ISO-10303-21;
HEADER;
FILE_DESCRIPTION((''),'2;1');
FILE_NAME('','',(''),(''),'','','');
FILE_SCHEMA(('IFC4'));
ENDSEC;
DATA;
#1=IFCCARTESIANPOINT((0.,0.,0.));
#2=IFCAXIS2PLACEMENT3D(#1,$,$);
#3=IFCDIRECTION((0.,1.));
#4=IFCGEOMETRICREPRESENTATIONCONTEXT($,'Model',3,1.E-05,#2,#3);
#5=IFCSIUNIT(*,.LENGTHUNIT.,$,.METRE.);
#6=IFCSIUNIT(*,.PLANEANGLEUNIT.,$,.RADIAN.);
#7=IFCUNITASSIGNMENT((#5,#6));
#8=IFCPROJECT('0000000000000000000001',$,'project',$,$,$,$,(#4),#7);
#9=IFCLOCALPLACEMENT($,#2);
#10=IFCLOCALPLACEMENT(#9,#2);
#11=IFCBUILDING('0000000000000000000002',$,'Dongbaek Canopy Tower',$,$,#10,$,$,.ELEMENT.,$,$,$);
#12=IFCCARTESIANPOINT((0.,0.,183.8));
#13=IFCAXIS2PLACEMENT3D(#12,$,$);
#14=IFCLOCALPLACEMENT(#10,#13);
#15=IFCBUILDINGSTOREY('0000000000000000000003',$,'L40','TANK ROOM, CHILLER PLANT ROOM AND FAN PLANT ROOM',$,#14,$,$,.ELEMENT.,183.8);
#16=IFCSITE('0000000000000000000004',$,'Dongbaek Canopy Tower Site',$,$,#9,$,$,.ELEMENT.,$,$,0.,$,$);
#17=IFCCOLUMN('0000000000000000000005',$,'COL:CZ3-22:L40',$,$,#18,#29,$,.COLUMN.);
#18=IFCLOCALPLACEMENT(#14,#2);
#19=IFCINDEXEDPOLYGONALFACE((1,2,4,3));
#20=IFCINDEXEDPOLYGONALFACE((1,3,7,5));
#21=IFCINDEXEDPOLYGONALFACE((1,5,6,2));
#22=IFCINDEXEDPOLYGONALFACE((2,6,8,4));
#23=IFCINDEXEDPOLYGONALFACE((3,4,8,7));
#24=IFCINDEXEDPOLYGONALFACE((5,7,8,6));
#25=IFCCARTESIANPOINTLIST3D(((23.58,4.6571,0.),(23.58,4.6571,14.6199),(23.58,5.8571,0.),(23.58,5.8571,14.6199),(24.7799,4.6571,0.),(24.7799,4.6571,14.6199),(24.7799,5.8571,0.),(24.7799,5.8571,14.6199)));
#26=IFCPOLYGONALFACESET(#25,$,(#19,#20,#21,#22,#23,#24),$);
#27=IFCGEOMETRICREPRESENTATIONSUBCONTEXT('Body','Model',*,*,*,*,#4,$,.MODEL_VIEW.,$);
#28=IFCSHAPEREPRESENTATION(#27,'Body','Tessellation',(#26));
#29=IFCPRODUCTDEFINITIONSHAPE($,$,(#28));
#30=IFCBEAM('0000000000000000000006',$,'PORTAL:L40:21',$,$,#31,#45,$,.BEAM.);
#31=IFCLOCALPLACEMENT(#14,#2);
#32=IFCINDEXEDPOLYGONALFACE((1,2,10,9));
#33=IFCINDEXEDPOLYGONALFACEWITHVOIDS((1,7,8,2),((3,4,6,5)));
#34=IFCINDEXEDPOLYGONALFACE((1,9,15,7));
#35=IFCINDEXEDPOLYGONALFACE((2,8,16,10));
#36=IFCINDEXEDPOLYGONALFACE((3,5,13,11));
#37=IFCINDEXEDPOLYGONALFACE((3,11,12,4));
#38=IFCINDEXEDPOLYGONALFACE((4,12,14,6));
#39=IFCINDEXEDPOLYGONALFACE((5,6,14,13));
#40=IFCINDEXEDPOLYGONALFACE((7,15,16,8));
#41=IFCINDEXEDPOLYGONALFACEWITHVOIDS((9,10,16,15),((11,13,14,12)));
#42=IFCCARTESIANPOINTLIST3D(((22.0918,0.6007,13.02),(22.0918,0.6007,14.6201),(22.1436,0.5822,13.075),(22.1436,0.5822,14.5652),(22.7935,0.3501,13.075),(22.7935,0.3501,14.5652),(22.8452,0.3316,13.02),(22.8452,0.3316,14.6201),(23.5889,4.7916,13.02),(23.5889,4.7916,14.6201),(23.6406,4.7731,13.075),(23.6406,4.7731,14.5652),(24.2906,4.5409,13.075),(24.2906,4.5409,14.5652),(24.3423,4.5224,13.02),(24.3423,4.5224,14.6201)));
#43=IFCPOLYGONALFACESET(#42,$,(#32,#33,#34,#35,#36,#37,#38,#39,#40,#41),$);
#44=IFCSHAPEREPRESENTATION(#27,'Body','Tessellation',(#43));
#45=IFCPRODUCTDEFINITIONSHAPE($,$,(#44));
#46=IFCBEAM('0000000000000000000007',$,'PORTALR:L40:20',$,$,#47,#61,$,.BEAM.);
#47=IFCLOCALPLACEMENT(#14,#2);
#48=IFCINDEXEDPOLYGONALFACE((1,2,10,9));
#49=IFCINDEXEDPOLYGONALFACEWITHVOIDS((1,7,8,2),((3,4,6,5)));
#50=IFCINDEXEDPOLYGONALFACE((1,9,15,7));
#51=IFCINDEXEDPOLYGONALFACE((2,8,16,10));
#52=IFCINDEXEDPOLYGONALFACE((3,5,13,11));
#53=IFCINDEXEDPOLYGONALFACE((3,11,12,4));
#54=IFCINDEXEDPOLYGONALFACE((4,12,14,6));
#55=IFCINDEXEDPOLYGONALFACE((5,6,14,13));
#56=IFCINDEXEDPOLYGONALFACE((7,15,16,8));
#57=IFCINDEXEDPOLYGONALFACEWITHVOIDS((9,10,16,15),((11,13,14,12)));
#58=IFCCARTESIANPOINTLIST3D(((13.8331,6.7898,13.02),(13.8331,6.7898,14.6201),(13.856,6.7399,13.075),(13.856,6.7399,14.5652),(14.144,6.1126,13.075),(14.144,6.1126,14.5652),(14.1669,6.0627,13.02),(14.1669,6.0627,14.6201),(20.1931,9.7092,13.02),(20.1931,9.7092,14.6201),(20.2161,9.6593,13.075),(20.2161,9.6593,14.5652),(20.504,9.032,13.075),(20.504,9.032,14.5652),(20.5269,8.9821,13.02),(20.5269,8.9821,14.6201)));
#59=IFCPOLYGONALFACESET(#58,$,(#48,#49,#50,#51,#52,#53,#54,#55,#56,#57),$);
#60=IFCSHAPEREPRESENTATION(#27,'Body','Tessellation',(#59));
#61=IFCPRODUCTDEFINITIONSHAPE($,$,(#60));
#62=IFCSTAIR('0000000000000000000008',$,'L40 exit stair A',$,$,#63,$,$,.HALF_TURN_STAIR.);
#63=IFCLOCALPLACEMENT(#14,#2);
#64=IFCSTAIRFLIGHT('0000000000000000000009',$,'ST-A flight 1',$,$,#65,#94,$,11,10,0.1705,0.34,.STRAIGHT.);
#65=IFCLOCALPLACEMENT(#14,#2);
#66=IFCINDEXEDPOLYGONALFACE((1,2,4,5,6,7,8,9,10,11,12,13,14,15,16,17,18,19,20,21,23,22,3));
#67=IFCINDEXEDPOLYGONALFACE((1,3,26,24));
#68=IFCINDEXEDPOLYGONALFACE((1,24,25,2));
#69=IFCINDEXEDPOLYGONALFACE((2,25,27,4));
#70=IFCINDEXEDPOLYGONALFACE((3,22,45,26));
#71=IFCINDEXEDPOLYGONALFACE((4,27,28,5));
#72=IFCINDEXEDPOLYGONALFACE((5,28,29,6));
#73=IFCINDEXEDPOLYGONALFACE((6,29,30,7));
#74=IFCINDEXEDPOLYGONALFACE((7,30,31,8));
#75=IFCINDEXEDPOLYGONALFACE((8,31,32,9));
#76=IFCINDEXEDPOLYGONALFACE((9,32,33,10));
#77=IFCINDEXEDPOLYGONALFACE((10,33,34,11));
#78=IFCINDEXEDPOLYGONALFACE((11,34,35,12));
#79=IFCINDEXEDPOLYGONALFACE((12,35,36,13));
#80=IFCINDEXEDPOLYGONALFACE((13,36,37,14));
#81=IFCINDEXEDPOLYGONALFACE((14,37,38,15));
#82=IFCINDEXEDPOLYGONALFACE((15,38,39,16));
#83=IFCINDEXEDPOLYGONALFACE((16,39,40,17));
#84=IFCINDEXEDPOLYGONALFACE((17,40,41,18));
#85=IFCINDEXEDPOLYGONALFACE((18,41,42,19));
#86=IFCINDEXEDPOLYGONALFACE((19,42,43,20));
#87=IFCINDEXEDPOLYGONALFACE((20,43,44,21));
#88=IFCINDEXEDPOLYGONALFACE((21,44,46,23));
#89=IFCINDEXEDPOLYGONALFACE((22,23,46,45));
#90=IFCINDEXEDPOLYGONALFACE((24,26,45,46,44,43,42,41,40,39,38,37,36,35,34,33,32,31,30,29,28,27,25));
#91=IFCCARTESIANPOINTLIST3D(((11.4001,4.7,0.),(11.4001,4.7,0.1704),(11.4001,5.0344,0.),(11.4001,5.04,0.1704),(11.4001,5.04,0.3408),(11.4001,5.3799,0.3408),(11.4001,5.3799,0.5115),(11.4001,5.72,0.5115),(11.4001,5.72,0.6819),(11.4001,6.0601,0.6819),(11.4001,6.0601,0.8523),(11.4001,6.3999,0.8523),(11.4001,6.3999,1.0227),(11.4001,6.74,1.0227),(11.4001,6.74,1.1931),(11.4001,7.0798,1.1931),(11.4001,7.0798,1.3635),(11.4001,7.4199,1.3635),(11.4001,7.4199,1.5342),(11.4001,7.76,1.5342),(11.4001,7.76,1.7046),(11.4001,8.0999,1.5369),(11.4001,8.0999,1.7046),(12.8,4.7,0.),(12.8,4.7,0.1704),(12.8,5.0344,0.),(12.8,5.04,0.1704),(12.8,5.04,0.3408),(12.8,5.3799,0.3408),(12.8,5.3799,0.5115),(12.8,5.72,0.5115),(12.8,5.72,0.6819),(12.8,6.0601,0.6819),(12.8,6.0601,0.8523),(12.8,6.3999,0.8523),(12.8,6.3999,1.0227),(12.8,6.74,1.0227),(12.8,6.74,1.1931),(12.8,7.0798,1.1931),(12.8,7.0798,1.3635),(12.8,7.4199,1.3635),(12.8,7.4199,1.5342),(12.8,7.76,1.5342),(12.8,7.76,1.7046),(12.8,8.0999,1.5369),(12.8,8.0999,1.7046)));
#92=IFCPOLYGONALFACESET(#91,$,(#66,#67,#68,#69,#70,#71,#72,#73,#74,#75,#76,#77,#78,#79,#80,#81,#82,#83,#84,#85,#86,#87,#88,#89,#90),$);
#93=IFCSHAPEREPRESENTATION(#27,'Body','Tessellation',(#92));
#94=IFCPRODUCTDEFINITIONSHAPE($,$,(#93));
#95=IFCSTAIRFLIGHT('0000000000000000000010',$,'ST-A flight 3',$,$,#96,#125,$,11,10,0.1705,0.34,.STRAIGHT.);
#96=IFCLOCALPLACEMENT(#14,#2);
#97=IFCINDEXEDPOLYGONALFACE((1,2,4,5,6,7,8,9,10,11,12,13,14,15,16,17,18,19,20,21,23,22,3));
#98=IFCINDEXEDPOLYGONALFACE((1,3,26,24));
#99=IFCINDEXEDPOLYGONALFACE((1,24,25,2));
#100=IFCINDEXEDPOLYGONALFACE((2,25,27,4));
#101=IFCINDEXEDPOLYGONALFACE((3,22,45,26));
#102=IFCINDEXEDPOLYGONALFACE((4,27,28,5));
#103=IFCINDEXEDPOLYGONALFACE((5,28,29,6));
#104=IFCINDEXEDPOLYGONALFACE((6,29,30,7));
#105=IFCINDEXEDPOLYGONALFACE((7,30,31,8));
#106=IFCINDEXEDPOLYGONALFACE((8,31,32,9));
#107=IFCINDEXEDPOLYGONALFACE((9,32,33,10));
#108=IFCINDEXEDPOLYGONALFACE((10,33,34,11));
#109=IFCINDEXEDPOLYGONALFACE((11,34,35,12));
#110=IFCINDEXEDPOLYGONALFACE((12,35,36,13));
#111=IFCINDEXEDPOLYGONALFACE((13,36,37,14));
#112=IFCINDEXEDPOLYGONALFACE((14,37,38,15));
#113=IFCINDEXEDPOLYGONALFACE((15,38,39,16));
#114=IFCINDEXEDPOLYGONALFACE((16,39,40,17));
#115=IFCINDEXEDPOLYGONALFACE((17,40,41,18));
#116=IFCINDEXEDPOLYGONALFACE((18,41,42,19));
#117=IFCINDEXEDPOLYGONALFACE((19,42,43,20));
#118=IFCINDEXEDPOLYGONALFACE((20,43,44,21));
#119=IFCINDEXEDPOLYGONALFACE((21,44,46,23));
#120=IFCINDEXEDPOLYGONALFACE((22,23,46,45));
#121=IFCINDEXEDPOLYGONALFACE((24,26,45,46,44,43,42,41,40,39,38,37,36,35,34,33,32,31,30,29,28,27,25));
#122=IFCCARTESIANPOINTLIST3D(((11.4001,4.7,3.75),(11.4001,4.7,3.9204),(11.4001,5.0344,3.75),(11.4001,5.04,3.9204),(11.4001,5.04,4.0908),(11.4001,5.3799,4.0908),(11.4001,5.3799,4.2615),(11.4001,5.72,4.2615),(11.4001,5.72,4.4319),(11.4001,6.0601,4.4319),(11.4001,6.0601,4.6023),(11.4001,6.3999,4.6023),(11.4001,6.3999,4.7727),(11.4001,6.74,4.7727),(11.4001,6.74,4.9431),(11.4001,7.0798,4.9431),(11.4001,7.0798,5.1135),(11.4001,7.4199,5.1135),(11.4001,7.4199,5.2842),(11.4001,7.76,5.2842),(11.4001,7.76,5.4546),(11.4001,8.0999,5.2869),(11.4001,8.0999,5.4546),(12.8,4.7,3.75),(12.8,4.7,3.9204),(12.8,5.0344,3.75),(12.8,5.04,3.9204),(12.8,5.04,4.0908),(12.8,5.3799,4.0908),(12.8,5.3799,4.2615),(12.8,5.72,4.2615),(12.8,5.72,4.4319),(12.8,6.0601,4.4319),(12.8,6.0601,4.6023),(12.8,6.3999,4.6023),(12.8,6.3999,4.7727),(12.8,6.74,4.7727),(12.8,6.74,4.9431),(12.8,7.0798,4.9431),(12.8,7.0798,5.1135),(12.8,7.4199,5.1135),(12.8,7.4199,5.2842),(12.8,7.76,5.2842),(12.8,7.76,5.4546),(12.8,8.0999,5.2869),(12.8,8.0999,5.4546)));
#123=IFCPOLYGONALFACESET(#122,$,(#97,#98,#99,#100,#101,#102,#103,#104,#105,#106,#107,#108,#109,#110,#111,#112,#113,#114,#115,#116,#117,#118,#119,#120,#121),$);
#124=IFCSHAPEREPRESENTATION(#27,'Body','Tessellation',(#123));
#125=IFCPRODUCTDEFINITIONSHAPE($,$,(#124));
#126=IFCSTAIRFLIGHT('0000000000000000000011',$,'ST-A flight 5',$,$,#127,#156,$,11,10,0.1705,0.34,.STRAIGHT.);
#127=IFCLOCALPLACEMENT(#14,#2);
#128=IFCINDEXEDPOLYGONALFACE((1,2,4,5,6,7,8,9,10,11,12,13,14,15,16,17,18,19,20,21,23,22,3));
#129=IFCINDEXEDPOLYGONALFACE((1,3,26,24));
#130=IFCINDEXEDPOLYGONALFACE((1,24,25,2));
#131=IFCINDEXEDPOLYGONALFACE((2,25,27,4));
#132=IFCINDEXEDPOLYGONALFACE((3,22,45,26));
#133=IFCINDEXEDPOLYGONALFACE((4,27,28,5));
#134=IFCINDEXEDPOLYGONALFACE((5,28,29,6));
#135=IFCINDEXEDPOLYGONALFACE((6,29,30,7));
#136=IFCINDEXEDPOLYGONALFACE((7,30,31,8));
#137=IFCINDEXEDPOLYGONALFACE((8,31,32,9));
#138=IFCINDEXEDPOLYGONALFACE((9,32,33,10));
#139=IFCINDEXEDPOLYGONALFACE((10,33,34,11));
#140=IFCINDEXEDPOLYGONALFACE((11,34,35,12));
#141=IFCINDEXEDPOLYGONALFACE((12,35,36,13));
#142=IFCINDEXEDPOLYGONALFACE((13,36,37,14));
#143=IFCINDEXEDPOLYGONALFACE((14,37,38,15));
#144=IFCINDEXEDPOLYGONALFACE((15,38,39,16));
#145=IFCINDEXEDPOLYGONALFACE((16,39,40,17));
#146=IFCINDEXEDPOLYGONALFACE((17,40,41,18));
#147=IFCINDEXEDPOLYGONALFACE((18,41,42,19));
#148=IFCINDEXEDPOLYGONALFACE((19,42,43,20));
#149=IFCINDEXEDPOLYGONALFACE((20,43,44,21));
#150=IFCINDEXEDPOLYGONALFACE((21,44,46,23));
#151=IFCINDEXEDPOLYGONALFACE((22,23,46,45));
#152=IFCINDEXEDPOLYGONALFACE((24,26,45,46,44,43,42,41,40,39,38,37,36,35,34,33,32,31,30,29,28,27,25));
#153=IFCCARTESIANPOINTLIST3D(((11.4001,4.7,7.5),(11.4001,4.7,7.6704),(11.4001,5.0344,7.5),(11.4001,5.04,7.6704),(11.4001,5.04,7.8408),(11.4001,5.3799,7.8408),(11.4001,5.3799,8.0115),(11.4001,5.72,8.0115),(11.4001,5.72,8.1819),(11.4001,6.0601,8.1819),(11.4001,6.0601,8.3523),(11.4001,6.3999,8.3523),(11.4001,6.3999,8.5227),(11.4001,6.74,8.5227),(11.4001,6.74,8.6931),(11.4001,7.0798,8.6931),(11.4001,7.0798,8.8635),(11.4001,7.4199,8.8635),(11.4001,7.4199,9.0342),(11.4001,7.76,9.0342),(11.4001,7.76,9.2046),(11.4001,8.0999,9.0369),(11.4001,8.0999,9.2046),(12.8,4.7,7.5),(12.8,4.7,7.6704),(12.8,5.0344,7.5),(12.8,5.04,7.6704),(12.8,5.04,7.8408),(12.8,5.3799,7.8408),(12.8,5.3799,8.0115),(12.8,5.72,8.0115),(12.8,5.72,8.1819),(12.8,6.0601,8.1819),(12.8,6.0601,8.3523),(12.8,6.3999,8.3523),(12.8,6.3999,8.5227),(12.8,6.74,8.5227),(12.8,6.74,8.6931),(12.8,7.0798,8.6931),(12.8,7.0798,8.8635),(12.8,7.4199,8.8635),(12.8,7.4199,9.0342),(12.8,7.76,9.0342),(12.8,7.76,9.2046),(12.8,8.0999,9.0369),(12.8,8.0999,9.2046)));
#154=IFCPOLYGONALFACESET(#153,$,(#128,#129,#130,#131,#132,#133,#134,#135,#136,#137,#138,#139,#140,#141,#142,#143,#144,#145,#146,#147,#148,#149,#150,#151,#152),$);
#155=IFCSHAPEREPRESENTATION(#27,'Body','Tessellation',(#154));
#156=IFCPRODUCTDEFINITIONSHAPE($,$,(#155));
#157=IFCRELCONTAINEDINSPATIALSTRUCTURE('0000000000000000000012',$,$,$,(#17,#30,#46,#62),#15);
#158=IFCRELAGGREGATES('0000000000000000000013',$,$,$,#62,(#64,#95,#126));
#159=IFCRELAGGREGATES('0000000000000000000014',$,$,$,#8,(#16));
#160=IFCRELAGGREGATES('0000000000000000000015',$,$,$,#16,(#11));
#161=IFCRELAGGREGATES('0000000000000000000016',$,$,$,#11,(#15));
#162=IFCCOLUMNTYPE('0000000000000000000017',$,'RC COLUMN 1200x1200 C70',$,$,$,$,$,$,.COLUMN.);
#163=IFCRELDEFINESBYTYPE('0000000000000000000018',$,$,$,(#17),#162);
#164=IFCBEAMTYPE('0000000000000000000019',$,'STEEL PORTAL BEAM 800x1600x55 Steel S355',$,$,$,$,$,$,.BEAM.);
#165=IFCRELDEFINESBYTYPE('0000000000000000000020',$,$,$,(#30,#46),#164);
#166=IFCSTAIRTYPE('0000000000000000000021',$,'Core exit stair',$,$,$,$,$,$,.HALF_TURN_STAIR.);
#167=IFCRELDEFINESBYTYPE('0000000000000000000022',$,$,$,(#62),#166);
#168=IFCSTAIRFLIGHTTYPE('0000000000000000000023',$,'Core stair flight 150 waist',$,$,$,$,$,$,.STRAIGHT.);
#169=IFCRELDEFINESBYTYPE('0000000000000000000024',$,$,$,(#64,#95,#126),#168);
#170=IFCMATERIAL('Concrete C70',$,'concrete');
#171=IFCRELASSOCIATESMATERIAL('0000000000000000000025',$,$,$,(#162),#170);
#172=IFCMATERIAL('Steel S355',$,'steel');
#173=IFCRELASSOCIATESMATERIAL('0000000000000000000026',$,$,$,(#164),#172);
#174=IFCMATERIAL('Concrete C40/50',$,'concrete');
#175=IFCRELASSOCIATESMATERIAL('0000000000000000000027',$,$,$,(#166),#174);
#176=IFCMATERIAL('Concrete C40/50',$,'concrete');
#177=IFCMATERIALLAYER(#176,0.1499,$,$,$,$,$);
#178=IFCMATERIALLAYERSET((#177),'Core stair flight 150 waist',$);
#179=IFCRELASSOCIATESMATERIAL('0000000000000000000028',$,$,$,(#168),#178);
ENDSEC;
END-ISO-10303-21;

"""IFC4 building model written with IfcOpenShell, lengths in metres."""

from ifc_helpers import new_model, si_unit, direction, frame, origin, origin_2d, place, context, subcontext, project, spatial, polyline, rectangle, hollow_rectangle, outline, extrude, material, layer, layer_set, material_profile, profile_set, type_object, element, aggregate, save


model = new_model("IFC4")

# Units and contexts
model_context = context("Model", 3, precision=1e-05, world=origin(), true_north=direction((0.0, 1.0)))
body_context = subcontext(model_context, "Body", "Model", "MODEL_VIEW")
ifc_project = project(units=[si_unit("LENGTHUNIT", "METRE"), si_unit("PLANEANGLEUNIT", "RADIAN")], contexts=[model_context])

# Site, building, storey
site_placement = place(None, origin())
site = spatial("IfcSite", under=ifc_project, at=site_placement, Name="Dongbaek Canopy Tower Site", CompositionType="ELEMENT", RefElevation=0.0)
building_placement = place(site_placement, origin())
building = spatial("IfcBuilding", under=site, at=building_placement, Name="Dongbaek Canopy Tower", CompositionType="ELEMENT")
storey_placement = place(building_placement, frame((0.0, 0.0, 183.8)))
storey = spatial("IfcBuildingStorey", under=building, at=storey_placement, Name="L40", Description="TANK ROOM, CHILLER PLANT ROOM AND FAN PLANT ROOM", CompositionType="ELEMENT", Elevation=183.8)

# Column
ifc_material_1 = material(Name="Concrete C70", Category="concrete")
ifc_material_profile_1 = material_profile(ifc_material_1, rectangle(XDim=1.2, YDim=1.2, at=origin_2d()), Name="RC COLUMN 1200x1200 C70")
ifc_profile_set_1 = profile_set([ifc_material_profile_1], Name="Concrete C70")
column_type = type_object("IfcColumnType", Name="RC COLUMN 1200x1200 C70", PredefinedType="COLUMN", material=ifc_profile_set_1)
column_placement = place(storey_placement, frame((24.1799, 5.2571, 0.0), z_axis=(0.0, 0.0, 1.0), x_axis=(1.0, 0.0, 0.0)))
element("IfcColumn", 1, at=column_placement, inside=storey, type_object=column_type, Name="COL:CZ3-22:L40", PredefinedType="COLUMN", context=body_context, shape_type="SweptSolid", body=[
    extrude(rectangle(XDim=1.2, YDim=1.2, at=origin_2d()), origin(), (0.0, 0.0, 1.0), 14.6199),
])

# Beams
ifc_material_2 = material(Name="Steel S355", Category="steel")
ifc_material_profile_2 = material_profile(ifc_material_2, hollow_rectangle(XDim=0.8, YDim=1.6001, WallThickness=0.0549, at=origin_2d()), Name="STEEL PORTAL BEAM 800x1600x55 Steel S355")
ifc_profile_set_2 = profile_set([ifc_material_profile_2], Name="Steel S355")
beam_type = type_object("IfcBeamType", Name="STEEL PORTAL BEAM 800x1600x55 Steel S355", PredefinedType="BEAM", material=ifc_profile_set_2)
beam_1_placement = place(storey_placement, frame((23.9656, 4.657, 13.8201), z_axis=(-0.336399, -0.94172, 0.0), x_axis=(0.94172, -0.336399, 0.0)))
element("IfcBeam", 2, at=beam_1_placement, inside=storey, type_object=beam_type, Name="PORTAL:L40:21", PredefinedType="BEAM", context=body_context, shape_type="SweptSolid", body=[
    extrude(hollow_rectangle(XDim=0.8, YDim=1.6001, WallThickness=0.0549, at=origin_2d()), origin(), (0.0, 0.0, 1.0), 4.4502),
])
beam_2_placement = place(storey_placement, frame((14.0, 6.4263, 13.8201), z_axis=(0.908827, 0.417172, 0.0), x_axis=(-0.417172, 0.908827, 0.0)))
element("IfcBeam", 3, at=beam_2_placement, inside=storey, type_object=beam_type, Name="PORTALR:L40:20", PredefinedType="BEAM", context=body_context, shape_type="SweptSolid", body=[
    extrude(hollow_rectangle(XDim=0.8, YDim=1.6001, WallThickness=0.0549, at=origin_2d()), origin(), (0.0, 0.0, 1.0), 6.998),
])

# Stair, stair flights
ifc_material_3 = material(Name="Concrete C40/50", Category="concrete")
stair_type = type_object("IfcStairType", Name="Core exit stair", PredefinedType="HALF_TURN_STAIR", material=ifc_material_3)
stair_placement = place(storey_placement, origin())
stair = element("IfcStair", 4, at=stair_placement, inside=storey, type_object=stair_type, Name="L40 exit stair A", PredefinedType="HALF_TURN_STAIR")
ifc_material_4 = material(Name="Concrete C40/50", Category="concrete")
ifc_layer = layer(ifc_material_4, 0.1499)
ifc_layer_set = layer_set([ifc_layer], Name="Core stair flight 150 waist")
stair_flight_type = type_object("IfcStairFlightType", Name="Core stair flight 150 waist", PredefinedType="STRAIGHT", material=ifc_layer_set)
stair_flight_1_placement = place(storey_placement, frame((12.1001, 4.7, 0.0), z_axis=(0.0, 0.0, 1.0), x_axis=(0.0, 1.0, 0.0)))
stair_flight_1 = element("IfcStairFlight", 5, at=stair_flight_1_placement, type_object=stair_flight_type, Name="ST-A flight 1", NumberOfRisers=11, NumberOfTreads=10, PredefinedType="STRAIGHT", RiserHeight=0.1705, TreadLength=0.34, context=body_context, shape_type="SweptSolid", body=[
    extrude(outline(polyline([(0.0, 0.0), (0.0, 0.1704), (0.3401, 0.1704), (0.3401, 0.3408), (0.6799, 0.3408), (0.6799, 0.5115), (1.02, 0.5115), (1.02, 0.6819), (1.3601, 0.6819), (1.3601, 0.8523), (1.7, 0.8523), (1.7, 1.0227), (2.04, 1.0227), (2.04, 1.1931), (2.3799, 1.1931), (2.3799, 1.3635), (2.72, 1.3635), (2.72, 1.5342), (3.0601, 1.5342), (3.0601, 1.7046), (3.3999, 1.7046), (3.3999, 1.875), (3.3999, 1.5369), (0.3345, 0.0), (0.0, 0.0)])), frame((0.0, 0.7, 0.0), z_axis=(0.0, -1.0, 0.0), x_axis=(1.0, 0.0, 0.0)), (0.0, 0.0, 1.0), 1.3999),
])
stair_flight_2_placement = place(storey_placement, frame((12.1001, 4.7, 3.75), z_axis=(0.0, 0.0, 1.0), x_axis=(0.0, 1.0, 0.0)))
stair_flight_2 = element("IfcStairFlight", 6, at=stair_flight_2_placement, type_object=stair_flight_type, Name="ST-A flight 3", NumberOfRisers=11, NumberOfTreads=10, PredefinedType="STRAIGHT", RiserHeight=0.1705, TreadLength=0.34, context=body_context, shape_type="SweptSolid", body=[
    extrude(outline(polyline([(0.0, 0.0), (0.0, 0.1704), (0.3401, 0.1704), (0.3401, 0.3408), (0.6799, 0.3408), (0.6799, 0.5115), (1.02, 0.5115), (1.02, 0.6819), (1.3601, 0.6819), (1.3601, 0.8523), (1.7, 0.8523), (1.7, 1.0227), (2.04, 1.0227), (2.04, 1.1931), (2.3799, 1.1931), (2.3799, 1.3635), (2.72, 1.3635), (2.72, 1.5342), (3.0601, 1.5342), (3.0601, 1.7046), (3.3999, 1.7046), (3.3999, 1.875), (3.3999, 1.5369), (0.3345, 0.0), (0.0, 0.0)])), frame((0.0, 0.7, 0.0), z_axis=(0.0, -1.0, 0.0), x_axis=(1.0, 0.0, 0.0)), (0.0, 0.0, 1.0), 1.3999),
])
stair_flight_3_placement = place(storey_placement, frame((12.1001, 4.7, 7.5), z_axis=(0.0, 0.0, 1.0), x_axis=(0.0, 1.0, 0.0)))
stair_flight_3 = element("IfcStairFlight", 7, at=stair_flight_3_placement, type_object=stair_flight_type, Name="ST-A flight 5", NumberOfRisers=11, NumberOfTreads=10, PredefinedType="STRAIGHT", RiserHeight=0.1705, TreadLength=0.34, context=body_context, shape_type="SweptSolid", body=[
    extrude(outline(polyline([(0.0, 0.0), (0.0, 0.1704), (0.3401, 0.1704), (0.3401, 0.3408), (0.6799, 0.3408), (0.6799, 0.5115), (1.02, 0.5115), (1.02, 0.6819), (1.3601, 0.6819), (1.3601, 0.8523), (1.7, 0.8523), (1.7, 1.0227), (2.04, 1.0227), (2.04, 1.1931), (2.3799, 1.1931), (2.3799, 1.3635), (2.72, 1.3635), (2.72, 1.5342), (3.0601, 1.5342), (3.0601, 1.7046), (3.3999, 1.7046), (3.3999, 1.875), (3.3999, 1.5369), (0.3345, 0.0), (0.0, 0.0)])), frame((0.0, 0.7, 0.0), z_axis=(0.0, -1.0, 0.0), x_axis=(1.0, 0.0, 0.0)), (0.0, 0.0, 1.0), 1.3999),
])
aggregate(stair, [stair_flight_1, stair_flight_2, stair_flight_3])

save(model, "model.ifc")
